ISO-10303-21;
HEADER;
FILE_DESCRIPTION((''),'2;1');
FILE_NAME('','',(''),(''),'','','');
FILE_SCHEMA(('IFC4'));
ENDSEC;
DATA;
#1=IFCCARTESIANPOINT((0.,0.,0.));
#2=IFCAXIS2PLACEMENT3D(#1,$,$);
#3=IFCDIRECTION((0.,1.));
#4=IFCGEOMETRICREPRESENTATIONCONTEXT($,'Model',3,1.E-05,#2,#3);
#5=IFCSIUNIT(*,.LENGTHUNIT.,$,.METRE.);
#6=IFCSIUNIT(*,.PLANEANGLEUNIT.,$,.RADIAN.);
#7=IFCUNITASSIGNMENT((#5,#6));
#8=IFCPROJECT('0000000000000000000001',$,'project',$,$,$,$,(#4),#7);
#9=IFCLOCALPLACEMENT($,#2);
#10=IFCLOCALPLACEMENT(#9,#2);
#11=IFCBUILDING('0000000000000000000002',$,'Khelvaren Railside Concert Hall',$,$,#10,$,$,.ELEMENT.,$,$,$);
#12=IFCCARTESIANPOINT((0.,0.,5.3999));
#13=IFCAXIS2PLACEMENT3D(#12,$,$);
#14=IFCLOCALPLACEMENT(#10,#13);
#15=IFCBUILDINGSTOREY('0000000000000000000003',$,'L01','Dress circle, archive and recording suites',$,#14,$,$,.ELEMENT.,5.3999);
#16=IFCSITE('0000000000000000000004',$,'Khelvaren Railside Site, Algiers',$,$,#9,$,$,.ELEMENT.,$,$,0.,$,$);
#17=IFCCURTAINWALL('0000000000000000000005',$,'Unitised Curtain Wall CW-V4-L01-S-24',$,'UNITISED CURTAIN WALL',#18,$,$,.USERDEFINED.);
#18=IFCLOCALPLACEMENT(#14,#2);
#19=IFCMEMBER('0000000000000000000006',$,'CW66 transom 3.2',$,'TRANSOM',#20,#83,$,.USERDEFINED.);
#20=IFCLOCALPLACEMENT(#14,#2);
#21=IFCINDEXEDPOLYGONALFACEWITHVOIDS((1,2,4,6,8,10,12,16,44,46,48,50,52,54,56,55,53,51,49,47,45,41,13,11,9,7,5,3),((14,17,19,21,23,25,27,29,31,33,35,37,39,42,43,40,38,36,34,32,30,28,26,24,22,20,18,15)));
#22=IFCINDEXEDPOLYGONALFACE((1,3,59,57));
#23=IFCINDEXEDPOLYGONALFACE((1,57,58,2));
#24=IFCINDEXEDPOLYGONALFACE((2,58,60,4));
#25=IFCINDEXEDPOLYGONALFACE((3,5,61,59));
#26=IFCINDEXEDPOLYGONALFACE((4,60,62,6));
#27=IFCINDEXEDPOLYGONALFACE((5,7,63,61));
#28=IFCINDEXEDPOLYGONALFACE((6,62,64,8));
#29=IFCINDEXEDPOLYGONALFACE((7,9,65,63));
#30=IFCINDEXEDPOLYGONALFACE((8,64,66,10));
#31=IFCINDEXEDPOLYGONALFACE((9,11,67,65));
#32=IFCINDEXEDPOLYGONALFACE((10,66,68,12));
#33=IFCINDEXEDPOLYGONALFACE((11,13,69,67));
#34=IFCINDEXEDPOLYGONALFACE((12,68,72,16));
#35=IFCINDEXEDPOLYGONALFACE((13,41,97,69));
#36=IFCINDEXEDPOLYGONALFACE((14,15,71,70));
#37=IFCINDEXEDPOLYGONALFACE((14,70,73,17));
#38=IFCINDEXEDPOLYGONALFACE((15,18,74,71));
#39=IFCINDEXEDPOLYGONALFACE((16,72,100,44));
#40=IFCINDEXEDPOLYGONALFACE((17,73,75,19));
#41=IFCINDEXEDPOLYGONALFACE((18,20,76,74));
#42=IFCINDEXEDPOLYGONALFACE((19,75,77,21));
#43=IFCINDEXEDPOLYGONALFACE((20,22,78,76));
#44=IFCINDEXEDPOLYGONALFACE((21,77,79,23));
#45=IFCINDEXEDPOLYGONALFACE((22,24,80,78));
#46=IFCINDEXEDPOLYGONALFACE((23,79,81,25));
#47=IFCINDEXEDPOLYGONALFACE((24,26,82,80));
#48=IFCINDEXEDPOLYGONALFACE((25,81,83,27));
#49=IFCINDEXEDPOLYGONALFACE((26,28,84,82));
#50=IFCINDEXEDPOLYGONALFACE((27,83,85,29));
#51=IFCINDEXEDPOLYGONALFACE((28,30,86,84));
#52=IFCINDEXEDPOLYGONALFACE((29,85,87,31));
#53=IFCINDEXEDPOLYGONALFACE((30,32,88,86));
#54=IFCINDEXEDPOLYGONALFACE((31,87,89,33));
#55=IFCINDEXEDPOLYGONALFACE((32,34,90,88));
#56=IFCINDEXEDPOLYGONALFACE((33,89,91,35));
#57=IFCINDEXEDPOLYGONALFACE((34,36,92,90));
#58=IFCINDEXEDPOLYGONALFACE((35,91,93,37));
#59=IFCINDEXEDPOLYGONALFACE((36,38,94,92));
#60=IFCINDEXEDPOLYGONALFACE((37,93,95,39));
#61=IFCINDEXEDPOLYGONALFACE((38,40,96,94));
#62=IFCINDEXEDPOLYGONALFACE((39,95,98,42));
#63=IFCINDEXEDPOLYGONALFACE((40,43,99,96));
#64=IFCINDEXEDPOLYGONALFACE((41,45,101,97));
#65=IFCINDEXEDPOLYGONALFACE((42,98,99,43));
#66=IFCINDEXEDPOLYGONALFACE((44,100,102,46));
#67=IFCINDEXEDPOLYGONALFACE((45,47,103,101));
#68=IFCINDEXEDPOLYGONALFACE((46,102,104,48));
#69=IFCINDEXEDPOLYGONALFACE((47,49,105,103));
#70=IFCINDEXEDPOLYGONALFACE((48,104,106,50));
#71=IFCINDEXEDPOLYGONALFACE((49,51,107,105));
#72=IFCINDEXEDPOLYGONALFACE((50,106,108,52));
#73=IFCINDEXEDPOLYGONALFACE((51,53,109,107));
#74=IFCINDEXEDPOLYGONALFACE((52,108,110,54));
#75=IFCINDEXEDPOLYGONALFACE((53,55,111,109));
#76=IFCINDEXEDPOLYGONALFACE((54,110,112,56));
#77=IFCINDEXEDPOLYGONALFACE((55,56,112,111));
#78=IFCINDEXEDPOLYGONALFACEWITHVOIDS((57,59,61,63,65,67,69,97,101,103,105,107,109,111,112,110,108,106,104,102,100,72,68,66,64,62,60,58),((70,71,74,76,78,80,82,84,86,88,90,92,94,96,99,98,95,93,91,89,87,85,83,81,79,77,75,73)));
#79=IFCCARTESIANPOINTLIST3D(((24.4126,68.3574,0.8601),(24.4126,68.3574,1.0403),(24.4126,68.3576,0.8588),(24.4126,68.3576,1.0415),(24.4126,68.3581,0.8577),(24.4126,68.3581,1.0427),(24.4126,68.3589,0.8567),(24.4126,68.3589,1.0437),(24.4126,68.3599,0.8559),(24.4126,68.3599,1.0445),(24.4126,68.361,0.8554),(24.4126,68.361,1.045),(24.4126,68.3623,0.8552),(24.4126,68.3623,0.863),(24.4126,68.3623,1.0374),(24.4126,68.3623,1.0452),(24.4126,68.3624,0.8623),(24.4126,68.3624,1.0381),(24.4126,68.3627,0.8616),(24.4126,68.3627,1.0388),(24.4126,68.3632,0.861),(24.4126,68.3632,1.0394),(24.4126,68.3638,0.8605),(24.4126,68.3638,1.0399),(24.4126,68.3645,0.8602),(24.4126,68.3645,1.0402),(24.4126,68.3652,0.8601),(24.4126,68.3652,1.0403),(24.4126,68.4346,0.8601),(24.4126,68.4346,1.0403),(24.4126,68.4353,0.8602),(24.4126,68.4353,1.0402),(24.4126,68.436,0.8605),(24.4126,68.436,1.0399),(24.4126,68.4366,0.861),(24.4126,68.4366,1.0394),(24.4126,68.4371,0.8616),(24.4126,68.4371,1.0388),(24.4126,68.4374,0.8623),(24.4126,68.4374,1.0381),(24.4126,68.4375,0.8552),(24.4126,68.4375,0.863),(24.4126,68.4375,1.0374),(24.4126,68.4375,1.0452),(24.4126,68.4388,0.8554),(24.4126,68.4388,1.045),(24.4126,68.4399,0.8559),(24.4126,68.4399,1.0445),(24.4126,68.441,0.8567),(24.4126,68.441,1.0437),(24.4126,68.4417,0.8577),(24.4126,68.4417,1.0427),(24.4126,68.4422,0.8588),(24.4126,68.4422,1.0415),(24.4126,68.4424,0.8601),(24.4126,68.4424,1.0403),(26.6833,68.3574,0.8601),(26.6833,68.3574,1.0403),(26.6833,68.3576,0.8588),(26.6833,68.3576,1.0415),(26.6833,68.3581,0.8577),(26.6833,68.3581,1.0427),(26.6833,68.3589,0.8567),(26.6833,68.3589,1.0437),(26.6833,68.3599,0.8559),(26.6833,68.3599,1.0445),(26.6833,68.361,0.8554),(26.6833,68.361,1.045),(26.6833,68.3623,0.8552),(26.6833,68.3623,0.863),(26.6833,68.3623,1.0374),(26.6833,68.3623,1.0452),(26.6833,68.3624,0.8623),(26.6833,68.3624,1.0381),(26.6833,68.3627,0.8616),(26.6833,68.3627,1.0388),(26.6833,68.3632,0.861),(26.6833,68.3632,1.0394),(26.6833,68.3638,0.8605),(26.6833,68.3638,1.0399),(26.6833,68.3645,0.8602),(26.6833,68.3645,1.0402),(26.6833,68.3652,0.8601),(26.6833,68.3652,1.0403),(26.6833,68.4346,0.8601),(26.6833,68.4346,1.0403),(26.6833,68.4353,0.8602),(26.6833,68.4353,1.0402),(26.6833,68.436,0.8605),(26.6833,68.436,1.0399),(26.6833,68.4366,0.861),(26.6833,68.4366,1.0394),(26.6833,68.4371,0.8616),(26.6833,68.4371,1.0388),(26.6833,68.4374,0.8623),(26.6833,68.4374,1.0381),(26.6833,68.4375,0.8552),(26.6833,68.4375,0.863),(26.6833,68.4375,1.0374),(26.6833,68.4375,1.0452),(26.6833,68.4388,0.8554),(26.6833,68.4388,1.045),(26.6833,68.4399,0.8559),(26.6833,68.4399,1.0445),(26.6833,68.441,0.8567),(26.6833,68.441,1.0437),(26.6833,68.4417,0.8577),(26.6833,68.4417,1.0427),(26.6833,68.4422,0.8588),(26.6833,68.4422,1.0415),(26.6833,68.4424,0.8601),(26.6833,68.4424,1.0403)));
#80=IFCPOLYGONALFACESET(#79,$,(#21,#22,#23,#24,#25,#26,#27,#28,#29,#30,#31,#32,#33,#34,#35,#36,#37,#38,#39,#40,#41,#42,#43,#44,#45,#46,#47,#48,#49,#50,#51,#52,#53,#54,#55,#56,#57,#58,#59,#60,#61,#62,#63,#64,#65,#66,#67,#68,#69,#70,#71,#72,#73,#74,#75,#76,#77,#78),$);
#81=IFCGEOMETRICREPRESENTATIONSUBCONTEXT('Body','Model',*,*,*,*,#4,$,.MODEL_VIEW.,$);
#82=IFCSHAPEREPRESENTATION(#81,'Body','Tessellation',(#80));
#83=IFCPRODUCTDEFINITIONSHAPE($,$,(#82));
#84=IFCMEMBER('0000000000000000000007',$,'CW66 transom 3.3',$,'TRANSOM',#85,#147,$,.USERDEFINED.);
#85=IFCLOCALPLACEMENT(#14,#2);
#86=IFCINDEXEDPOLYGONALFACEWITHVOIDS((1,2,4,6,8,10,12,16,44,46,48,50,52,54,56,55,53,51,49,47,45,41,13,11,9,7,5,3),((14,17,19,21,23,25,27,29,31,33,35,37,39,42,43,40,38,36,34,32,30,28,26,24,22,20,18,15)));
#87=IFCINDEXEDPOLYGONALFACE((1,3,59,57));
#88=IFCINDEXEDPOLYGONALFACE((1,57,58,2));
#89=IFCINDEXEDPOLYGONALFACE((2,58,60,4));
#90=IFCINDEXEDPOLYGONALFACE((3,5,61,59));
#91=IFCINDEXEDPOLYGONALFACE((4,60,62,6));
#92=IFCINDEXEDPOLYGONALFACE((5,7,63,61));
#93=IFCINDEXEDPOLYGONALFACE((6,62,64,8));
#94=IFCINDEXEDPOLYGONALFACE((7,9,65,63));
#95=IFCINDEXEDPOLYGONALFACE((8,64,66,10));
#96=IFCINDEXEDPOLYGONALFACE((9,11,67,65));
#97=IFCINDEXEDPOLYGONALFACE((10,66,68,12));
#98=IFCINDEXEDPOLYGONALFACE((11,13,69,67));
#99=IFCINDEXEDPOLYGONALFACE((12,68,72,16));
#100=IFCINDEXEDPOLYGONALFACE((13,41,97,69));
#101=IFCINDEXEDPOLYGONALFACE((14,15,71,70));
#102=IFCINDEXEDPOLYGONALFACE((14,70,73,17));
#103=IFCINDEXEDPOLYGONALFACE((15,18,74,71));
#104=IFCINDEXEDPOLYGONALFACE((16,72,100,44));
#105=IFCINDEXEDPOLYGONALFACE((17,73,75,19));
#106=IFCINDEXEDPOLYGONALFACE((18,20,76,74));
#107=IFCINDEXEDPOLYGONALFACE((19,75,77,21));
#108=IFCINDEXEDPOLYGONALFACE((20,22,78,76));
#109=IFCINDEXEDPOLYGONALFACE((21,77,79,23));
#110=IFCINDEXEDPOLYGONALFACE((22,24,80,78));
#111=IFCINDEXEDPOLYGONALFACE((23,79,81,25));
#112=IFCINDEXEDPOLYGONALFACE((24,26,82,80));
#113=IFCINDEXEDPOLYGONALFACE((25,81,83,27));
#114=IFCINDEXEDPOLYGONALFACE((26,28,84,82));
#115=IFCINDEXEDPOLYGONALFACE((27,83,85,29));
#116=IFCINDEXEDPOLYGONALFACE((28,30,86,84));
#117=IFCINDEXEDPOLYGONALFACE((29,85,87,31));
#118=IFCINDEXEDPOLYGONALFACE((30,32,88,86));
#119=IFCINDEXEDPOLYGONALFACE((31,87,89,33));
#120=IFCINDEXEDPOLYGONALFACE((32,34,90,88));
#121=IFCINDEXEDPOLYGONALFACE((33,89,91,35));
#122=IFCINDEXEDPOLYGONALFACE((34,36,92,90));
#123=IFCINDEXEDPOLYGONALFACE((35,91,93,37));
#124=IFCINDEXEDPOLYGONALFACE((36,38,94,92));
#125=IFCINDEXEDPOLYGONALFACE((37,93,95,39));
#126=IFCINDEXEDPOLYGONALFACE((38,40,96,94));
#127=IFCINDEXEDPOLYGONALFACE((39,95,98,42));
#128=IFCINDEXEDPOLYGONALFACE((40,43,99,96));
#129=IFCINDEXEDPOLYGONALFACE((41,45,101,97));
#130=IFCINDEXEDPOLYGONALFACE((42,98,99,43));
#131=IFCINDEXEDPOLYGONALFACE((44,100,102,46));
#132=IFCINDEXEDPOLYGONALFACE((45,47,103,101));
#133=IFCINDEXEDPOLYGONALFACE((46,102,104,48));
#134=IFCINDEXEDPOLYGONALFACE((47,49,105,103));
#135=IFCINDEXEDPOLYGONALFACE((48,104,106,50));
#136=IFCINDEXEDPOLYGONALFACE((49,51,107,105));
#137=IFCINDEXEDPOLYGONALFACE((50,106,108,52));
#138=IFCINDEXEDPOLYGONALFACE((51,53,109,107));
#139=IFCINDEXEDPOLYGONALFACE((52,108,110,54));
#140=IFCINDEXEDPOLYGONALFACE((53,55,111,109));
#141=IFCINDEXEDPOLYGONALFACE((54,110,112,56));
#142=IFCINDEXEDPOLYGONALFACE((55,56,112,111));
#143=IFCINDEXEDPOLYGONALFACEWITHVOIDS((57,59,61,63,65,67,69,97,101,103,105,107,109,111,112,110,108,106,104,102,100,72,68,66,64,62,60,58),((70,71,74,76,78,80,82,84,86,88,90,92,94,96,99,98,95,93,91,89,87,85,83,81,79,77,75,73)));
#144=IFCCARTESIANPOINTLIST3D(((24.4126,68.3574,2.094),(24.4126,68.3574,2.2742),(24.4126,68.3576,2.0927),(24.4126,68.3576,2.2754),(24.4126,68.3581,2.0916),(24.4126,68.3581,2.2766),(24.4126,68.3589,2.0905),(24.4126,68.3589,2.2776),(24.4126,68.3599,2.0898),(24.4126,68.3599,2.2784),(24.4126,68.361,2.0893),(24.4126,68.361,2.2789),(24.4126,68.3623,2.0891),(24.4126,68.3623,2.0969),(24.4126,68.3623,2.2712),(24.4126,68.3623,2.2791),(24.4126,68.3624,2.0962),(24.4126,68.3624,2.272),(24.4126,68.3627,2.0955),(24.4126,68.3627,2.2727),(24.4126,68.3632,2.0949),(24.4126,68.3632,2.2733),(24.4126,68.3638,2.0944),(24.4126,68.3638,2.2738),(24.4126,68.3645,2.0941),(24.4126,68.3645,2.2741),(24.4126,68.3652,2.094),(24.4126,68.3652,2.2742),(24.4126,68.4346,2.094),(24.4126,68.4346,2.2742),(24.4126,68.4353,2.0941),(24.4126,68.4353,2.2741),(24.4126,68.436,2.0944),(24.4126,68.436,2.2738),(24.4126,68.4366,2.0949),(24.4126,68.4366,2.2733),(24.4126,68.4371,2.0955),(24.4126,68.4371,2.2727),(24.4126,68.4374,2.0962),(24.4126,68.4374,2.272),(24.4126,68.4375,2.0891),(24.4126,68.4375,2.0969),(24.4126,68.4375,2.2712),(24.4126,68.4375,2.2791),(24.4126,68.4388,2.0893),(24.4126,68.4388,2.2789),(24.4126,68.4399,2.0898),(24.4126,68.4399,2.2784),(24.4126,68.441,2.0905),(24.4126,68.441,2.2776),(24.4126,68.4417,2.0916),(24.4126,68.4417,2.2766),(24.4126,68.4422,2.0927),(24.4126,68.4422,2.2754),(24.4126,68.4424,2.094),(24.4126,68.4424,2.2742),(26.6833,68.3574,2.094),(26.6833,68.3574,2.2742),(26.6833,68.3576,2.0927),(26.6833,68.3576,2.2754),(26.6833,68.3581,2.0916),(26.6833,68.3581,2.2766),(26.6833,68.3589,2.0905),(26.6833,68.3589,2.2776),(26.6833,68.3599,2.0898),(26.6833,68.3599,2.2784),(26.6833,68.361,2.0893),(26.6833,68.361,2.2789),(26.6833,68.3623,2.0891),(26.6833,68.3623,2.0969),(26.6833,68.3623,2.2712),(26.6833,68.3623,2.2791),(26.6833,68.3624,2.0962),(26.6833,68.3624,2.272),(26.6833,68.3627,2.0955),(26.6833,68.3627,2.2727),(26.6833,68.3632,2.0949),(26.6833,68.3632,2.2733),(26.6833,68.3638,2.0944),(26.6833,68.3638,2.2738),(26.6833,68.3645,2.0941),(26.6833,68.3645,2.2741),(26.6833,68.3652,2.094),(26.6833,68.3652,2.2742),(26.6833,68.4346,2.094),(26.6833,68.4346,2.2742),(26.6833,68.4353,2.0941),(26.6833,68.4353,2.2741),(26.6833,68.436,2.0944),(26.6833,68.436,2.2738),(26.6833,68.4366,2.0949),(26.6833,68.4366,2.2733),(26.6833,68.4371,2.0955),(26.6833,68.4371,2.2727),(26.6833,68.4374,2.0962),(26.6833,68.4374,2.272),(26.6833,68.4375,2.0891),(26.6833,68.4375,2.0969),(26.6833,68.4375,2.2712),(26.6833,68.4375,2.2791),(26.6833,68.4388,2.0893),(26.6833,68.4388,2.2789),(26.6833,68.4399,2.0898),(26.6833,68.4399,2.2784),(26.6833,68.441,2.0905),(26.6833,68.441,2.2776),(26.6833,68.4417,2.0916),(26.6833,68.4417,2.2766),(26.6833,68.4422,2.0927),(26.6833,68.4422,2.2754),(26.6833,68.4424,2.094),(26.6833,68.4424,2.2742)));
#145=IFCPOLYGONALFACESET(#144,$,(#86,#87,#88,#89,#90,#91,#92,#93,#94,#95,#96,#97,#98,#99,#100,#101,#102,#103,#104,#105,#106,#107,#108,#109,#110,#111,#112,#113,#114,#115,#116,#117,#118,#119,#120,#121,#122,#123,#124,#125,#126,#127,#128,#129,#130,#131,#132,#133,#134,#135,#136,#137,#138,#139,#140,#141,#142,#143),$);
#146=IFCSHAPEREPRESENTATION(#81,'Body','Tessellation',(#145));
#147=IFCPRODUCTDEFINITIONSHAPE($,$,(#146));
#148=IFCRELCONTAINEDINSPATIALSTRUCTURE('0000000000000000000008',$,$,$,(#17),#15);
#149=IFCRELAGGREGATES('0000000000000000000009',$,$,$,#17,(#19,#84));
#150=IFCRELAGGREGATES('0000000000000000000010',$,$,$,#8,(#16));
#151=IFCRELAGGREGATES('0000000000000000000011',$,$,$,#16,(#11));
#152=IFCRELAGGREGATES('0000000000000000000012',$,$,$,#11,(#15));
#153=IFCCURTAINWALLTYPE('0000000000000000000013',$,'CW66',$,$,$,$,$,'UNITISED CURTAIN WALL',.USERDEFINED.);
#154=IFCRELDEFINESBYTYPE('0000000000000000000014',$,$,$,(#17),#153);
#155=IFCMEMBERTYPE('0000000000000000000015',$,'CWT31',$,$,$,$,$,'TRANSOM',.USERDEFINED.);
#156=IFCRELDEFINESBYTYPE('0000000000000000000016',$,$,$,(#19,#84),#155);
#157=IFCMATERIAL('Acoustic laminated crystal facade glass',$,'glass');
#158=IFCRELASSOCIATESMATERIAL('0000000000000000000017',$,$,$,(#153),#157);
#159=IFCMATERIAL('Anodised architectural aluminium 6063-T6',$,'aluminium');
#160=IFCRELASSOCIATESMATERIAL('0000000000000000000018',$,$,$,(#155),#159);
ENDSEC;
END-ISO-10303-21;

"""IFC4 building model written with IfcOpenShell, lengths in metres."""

from ifc_helpers import new_model, si_unit, direction, frame, origin, origin_2d, place, context, subcontext, project, spatial, hollow_rectangle, extrude, material, material_profile, profile_set, type_object, element, aggregate, save


model = new_model("IFC4")

# Units and contexts
model_context = context("Model", 3, precision=1e-05, world=origin(), true_north=direction((0.0, 1.0)))
body_context = subcontext(model_context, "Body", "Model", "MODEL_VIEW")
ifc_project = project(units=[si_unit("LENGTHUNIT", "METRE"), si_unit("PLANEANGLEUNIT", "RADIAN")], contexts=[model_context])

# Site, building, storey
site_placement = place(None, origin())
site = spatial("IfcSite", under=ifc_project, at=site_placement, Name="Khelvaren Railside Site, Algiers", CompositionType="ELEMENT", RefElevation=0.0)
building_placement = place(site_placement, origin())
building = spatial("IfcBuilding", under=site, at=building_placement, Name="Khelvaren Railside Concert Hall", CompositionType="ELEMENT")
storey_placement = place(building_placement, frame((0.0, 0.0, 5.3999)))
storey = spatial("IfcBuildingStorey", under=building, at=storey_placement, Name="L01", Description="Dress circle, archive and recording suites", CompositionType="ELEMENT", Elevation=5.3999)

# Shared definitions
ifc_material_1 = material(Name="Acoustic laminated crystal facade glass", Category="glass")
ifc_material_2 = material(Name="Anodised architectural aluminium 6063-T6", Category="aluminium")

# Curtain wall
curtain_wall_type_1 = type_object("IfcCurtainWallType", Name="CW66", ElementType="UNITISED CURTAIN WALL", PredefinedType="USERDEFINED", material=ifc_material_1)
curtain_wall_1_placement = place(storey_placement, origin())
curtain_wall_1 = element("IfcCurtainWall", 1, at=curtain_wall_1_placement, inside=storey, type_object=curtain_wall_type_1, Name="Unitised Curtain Wall CW-V4-L01-S-24", ObjectType="UNITISED CURTAIN WALL", PredefinedType="USERDEFINED")

# Members
ifc_material_profile_1 = material_profile(ifc_material_2, hollow_rectangle(XDim=0.085, YDim=0.1899, WallThickness=0.0049, InnerFilletRadius=0.0029, OuterFilletRadius=0.0049, at=origin_2d()), Name="CWT 85x190x5")
ifc_profile_set_1 = profile_set([ifc_material_profile_1], Name="Anodised architectural aluminium 6063-T6")
member_type_1 = type_object("IfcMemberType", Name="CWT31", ElementType="TRANSOM", PredefinedType="USERDEFINED", material=ifc_profile_set_1)
member_1_placement = place(storey_placement, frame((26.6833, 68.3999, 0.9502), z_axis=(-1.0, 0.0, 0.0), x_axis=(0.0, -1.0, 0.0)))
member_1 = element("IfcMember", 2, at=member_1_placement, type_object=member_type_1, Name="CW66 transom 3.2", ObjectType="TRANSOM", PredefinedType="USERDEFINED", context=body_context, shape_type="SweptSolid", body=[
    extrude(hollow_rectangle(XDim=0.085, YDim=0.1899, WallThickness=0.0049, InnerFilletRadius=0.0029, OuterFilletRadius=0.0049, at=origin_2d()), origin(), (0.0, 0.0, 1.0), 2.2708),
])
member_2_placement = place(storey_placement, frame((26.6833, 68.3999, 2.1841), z_axis=(-1.0, 0.0, 0.0), x_axis=(0.0, -1.0, 0.0)))
member_2 = element("IfcMember", 3, at=member_2_placement, type_object=member_type_1, Name="CW66 transom 3.3", ObjectType="TRANSOM", PredefinedType="USERDEFINED", context=body_context, shape_type="SweptSolid", body=[
    extrude(hollow_rectangle(XDim=0.085, YDim=0.1899, WallThickness=0.0049, InnerFilletRadius=0.0029, OuterFilletRadius=0.0049, at=origin_2d()), origin(), (0.0, 0.0, 1.0), 2.2708),
])

aggregate(curtain_wall_1, [member_1, member_2])

save(model, "model.ifc")
